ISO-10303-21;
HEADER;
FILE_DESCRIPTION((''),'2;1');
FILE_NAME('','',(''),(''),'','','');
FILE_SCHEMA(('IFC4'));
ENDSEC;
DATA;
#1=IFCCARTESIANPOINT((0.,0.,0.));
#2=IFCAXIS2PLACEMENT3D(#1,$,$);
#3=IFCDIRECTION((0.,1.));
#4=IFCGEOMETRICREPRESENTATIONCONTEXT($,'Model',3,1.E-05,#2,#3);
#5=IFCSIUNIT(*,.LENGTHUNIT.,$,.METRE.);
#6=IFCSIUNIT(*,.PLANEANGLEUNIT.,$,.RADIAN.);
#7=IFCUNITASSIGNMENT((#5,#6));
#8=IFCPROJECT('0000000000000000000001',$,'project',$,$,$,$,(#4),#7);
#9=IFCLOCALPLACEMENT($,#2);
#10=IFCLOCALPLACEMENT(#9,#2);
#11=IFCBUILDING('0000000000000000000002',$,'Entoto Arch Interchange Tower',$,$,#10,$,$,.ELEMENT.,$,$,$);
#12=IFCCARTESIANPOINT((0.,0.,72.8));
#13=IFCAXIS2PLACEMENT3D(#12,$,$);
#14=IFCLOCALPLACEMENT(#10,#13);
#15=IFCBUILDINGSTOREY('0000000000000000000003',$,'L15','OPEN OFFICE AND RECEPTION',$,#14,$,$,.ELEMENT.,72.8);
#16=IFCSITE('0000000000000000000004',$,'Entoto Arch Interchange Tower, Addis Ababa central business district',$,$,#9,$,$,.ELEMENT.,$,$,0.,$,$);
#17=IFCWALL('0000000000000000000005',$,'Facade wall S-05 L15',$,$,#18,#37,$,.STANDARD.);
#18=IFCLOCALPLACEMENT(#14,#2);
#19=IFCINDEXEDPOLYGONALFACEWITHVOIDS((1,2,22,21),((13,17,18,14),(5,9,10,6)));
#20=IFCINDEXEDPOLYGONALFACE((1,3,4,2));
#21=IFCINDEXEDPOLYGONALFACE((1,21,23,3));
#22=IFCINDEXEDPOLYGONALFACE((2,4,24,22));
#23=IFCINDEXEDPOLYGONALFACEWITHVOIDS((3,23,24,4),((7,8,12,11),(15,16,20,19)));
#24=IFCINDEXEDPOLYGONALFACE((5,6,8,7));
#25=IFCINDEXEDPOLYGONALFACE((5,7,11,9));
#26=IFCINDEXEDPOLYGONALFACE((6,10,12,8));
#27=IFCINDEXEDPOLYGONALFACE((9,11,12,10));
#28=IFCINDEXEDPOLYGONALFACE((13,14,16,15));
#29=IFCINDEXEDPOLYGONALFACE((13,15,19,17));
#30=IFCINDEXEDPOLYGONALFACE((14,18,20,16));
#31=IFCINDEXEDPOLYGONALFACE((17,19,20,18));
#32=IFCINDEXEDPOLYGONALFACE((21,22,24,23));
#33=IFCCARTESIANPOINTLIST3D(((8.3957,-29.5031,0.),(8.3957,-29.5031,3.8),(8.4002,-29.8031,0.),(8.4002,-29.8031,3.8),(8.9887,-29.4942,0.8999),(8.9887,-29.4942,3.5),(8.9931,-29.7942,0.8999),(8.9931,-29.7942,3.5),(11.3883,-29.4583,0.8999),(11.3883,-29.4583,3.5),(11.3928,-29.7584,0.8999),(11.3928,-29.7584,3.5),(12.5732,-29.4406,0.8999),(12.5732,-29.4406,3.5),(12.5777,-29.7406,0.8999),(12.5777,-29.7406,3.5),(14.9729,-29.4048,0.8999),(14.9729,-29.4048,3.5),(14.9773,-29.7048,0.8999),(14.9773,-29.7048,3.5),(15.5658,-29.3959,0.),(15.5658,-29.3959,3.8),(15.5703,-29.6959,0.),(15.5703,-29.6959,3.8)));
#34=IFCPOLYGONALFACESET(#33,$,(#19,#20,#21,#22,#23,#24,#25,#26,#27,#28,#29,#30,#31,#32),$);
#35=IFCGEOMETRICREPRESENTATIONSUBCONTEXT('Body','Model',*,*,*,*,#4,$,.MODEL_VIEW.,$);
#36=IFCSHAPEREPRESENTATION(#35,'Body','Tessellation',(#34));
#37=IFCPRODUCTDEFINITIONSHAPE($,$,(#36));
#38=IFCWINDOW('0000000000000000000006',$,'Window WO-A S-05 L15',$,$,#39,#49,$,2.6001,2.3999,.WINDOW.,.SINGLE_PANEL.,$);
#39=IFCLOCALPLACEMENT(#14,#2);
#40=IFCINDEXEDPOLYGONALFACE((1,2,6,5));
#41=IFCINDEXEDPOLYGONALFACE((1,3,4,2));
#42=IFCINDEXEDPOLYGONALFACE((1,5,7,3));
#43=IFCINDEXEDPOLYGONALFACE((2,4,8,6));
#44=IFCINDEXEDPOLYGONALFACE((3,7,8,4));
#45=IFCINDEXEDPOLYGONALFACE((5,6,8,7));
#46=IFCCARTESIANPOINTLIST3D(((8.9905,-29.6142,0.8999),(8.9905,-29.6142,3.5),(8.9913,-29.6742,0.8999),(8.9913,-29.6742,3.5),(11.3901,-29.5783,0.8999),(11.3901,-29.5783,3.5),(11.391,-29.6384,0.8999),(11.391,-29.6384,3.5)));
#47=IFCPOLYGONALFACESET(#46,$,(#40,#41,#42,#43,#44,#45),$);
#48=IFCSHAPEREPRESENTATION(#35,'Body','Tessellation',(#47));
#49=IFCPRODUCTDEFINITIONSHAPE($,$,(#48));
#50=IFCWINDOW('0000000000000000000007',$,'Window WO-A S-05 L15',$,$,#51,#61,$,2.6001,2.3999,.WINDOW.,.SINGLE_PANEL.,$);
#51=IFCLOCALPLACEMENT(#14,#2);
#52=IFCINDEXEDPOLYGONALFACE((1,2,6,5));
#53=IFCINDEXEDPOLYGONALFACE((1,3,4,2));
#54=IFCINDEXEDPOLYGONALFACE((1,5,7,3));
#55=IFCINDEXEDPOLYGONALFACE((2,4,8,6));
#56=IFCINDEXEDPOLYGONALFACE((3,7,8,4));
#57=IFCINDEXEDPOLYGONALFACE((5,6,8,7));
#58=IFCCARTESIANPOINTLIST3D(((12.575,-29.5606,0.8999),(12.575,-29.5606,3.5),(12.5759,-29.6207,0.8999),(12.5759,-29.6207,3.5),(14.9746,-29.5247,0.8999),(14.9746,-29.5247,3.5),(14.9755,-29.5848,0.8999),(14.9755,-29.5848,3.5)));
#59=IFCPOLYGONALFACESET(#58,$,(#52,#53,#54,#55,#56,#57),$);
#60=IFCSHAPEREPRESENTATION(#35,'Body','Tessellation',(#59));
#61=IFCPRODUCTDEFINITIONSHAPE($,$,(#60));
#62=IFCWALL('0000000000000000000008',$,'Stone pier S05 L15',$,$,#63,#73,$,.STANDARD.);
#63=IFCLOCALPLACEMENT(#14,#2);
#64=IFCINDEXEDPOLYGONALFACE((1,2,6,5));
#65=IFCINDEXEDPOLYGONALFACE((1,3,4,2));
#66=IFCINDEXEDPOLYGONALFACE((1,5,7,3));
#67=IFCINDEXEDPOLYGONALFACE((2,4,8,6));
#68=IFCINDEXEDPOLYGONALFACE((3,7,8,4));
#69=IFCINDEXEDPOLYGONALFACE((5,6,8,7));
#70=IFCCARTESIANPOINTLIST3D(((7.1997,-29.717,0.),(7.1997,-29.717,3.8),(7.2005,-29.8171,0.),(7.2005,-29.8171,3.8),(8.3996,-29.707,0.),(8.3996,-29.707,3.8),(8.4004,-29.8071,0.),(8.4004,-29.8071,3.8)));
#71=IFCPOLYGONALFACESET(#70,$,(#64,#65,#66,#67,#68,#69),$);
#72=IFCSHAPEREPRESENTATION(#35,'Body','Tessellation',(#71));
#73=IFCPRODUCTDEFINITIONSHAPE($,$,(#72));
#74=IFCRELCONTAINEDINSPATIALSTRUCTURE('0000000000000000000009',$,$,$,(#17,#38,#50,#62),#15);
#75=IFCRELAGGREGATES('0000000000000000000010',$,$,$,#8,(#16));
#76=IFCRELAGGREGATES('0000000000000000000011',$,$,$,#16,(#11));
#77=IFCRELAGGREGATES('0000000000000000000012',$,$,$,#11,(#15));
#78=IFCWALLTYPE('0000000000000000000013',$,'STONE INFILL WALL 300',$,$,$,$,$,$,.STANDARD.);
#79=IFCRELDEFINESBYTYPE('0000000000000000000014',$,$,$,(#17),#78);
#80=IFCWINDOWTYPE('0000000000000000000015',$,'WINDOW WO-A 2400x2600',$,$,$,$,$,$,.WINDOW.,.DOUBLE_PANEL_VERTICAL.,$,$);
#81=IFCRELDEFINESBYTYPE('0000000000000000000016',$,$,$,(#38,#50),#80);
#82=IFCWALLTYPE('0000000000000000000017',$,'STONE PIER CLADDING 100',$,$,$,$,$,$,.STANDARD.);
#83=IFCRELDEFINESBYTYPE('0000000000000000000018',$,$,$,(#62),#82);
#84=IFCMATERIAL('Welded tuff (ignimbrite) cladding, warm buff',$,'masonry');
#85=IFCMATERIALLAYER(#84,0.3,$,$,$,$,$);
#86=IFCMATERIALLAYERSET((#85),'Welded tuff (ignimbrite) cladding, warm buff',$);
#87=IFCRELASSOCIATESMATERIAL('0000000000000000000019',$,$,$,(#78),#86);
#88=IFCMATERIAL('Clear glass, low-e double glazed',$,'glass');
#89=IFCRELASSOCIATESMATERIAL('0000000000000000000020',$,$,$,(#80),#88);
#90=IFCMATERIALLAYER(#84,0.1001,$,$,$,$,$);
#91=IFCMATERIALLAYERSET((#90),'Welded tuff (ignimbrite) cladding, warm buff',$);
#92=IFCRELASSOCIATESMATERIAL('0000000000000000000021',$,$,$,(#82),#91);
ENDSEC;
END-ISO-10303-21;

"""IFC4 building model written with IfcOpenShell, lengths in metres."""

from ifc_helpers import new_model, si_unit, direction, frame, frame_2d, origin, place, context, subcontext, project, spatial, rectangle, extrude, material, layer, layer_set, type_object, element, fill, save


model = new_model("IFC4")

# Units and contexts
model_context = context("Model", 3, precision=1e-05, world=origin(), true_north=direction((0.0, 1.0)))
body_context = subcontext(model_context, "Body", "Model", "MODEL_VIEW")
ifc_project = project(units=[si_unit("LENGTHUNIT", "METRE"), si_unit("PLANEANGLEUNIT", "RADIAN")], contexts=[model_context])

# Site, building, storey
site_placement = place(None, origin())
site = spatial("IfcSite", under=ifc_project, at=site_placement, Name="Entoto Arch Interchange Tower, Addis Ababa central business district", CompositionType="ELEMENT", RefElevation=0.0)
building_placement = place(site_placement, origin())
building = spatial("IfcBuilding", under=site, at=building_placement, Name="Entoto Arch Interchange Tower", CompositionType="ELEMENT")
storey_placement = place(building_placement, frame((0.0, 0.0, 72.8)))
storey = spatial("IfcBuildingStorey", under=building, at=storey_placement, Name="L15", Description="OPEN OFFICE AND RECEPTION", CompositionType="ELEMENT", Elevation=72.8)

# Shared definitions
ifc_material_1 = material(Name="Clear glass, low-e double glazed", Category="glass")

# Wall, openings, windows
ifc_material_2 = material(Name="Welded tuff (ignimbrite) cladding, warm buff", Category="masonry")
ifc_layer_1 = layer(ifc_material_2, 0.3)
ifc_layer_set_1 = layer_set([ifc_layer_1], Name="Welded tuff (ignimbrite) cladding, warm buff")
wall_type_1 = type_object("IfcWallType", Name="STONE INFILL WALL 300", PredefinedType="STANDARD", material=ifc_layer_set_1)
wall_1_placement = place(storey_placement, frame((8.3979, -29.6531, 0.0), z_axis=(0.0, 0.0, 1.0), x_axis=(0.999888, 0.014946, 0.0)))
wall_1 = element("IfcWall", 1, at=wall_1_placement, inside=storey, type_object=wall_type_1, Name="Facade wall S-05 L15", PredefinedType="STANDARD", context=body_context, shape_type="SweptSolid", body=[
    extrude(rectangle(XDim=7.1709, YDim=0.3, at=frame_2d((3.5854, 0.0))), origin(), (0.0, 0.0, 1.0), 3.8),
])
opening_1_placement = place(wall_1_placement, frame((0.593, 0.0, 0.8999)))
opening_1 = element("IfcOpeningElement", 2, at=opening_1_placement, cuts=wall_1, PredefinedType="OPENING", context=body_context, shape_type="SweptSolid", body=[
    extrude(rectangle(XDim=2.3999, YDim=2.6001, at=frame_2d((1.2, 1.3))), frame((0.0, 0.1602, 0.0), z_axis=(0.0, -1.0, 0.0), x_axis=(1.0, 0.0, 0.0)), (0.0, 0.0, 1.0), 0.3201),
])
opening_2_placement = place(wall_1_placement, frame((4.178, 0.0, 0.8999)))
opening_2 = element("IfcOpeningElement", 3, at=opening_2_placement, cuts=wall_1, PredefinedType="OPENING", context=body_context, shape_type="SweptSolid", body=[
    extrude(rectangle(XDim=2.3999, YDim=2.6001, at=frame_2d((1.2, 1.3))), frame((0.0, 0.1602, 0.0), z_axis=(0.0, -1.0, 0.0), x_axis=(1.0, 0.0, 0.0)), (0.0, 0.0, 1.0), 0.3201),
])
window_type = type_object("IfcWindowType", Name="WINDOW WO-A 2400x2600", PartitioningType="DOUBLE_PANEL_VERTICAL", PredefinedType="WINDOW", material=ifc_material_1)
window_1_placement = place(opening_1_placement, origin())
window_1 = element("IfcWindow", 4, at=window_1_placement, inside=storey, type_object=window_type, Name="Window WO-A S-05 L15", OverallHeight=2.6001, OverallWidth=2.3999, PartitioningType="SINGLE_PANEL", PredefinedType="WINDOW", context=body_context, shape_type="SweptSolid", body=[
    extrude(rectangle(XDim=2.3999, YDim=2.6001, at=frame_2d((1.2, 1.3))), frame((0.0, 0.03, 0.0), z_axis=(0.0, -1.0, 0.0), x_axis=(1.0, 0.0, 0.0)), (0.0, 0.0, 1.0), 0.0601),
])
fill(opening_1, window_1)
window_2_placement = place(opening_2_placement, origin())
window_2 = element("IfcWindow", 5, at=window_2_placement, inside=storey, type_object=window_type, Name="Window WO-A S-05 L15", OverallHeight=2.6001, OverallWidth=2.3999, PartitioningType="SINGLE_PANEL", PredefinedType="WINDOW", context=body_context, shape_type="SweptSolid", body=[
    extrude(rectangle(XDim=2.3999, YDim=2.6001, at=frame_2d((1.2, 1.3))), frame((0.0, 0.03, 0.0), z_axis=(0.0, -1.0, 0.0), x_axis=(1.0, 0.0, 0.0)), (0.0, 0.0, 1.0), 0.0601),
])
fill(opening_2, window_2)

# Wall
ifc_layer_2 = layer(ifc_material_2, 0.1001)
ifc_layer_set_2 = layer_set([ifc_layer_2], Name="Welded tuff (ignimbrite) cladding, warm buff")
wall_type_2 = type_object("IfcWallType", Name="STONE PIER CLADDING 100", PredefinedType="STANDARD", material=ifc_layer_set_2)
wall_2_placement = place(storey_placement, frame((7.2, -29.7671, 0.0), z_axis=(0.0, 0.0, 1.0), x_axis=(0.999965, 0.008342, 0.0)))
element("IfcWall", 6, at=wall_2_placement, inside=storey, type_object=wall_type_2, Name="Stone pier S05 L15", PredefinedType="STANDARD", context=body_context, shape_type="SweptSolid", body=[
    extrude(rectangle(XDim=1.2, YDim=0.1001, at=frame_2d((0.6001, 0.0))), origin(), (0.0, 0.0, 1.0), 3.8),
])

save(model, "model.ifc")
